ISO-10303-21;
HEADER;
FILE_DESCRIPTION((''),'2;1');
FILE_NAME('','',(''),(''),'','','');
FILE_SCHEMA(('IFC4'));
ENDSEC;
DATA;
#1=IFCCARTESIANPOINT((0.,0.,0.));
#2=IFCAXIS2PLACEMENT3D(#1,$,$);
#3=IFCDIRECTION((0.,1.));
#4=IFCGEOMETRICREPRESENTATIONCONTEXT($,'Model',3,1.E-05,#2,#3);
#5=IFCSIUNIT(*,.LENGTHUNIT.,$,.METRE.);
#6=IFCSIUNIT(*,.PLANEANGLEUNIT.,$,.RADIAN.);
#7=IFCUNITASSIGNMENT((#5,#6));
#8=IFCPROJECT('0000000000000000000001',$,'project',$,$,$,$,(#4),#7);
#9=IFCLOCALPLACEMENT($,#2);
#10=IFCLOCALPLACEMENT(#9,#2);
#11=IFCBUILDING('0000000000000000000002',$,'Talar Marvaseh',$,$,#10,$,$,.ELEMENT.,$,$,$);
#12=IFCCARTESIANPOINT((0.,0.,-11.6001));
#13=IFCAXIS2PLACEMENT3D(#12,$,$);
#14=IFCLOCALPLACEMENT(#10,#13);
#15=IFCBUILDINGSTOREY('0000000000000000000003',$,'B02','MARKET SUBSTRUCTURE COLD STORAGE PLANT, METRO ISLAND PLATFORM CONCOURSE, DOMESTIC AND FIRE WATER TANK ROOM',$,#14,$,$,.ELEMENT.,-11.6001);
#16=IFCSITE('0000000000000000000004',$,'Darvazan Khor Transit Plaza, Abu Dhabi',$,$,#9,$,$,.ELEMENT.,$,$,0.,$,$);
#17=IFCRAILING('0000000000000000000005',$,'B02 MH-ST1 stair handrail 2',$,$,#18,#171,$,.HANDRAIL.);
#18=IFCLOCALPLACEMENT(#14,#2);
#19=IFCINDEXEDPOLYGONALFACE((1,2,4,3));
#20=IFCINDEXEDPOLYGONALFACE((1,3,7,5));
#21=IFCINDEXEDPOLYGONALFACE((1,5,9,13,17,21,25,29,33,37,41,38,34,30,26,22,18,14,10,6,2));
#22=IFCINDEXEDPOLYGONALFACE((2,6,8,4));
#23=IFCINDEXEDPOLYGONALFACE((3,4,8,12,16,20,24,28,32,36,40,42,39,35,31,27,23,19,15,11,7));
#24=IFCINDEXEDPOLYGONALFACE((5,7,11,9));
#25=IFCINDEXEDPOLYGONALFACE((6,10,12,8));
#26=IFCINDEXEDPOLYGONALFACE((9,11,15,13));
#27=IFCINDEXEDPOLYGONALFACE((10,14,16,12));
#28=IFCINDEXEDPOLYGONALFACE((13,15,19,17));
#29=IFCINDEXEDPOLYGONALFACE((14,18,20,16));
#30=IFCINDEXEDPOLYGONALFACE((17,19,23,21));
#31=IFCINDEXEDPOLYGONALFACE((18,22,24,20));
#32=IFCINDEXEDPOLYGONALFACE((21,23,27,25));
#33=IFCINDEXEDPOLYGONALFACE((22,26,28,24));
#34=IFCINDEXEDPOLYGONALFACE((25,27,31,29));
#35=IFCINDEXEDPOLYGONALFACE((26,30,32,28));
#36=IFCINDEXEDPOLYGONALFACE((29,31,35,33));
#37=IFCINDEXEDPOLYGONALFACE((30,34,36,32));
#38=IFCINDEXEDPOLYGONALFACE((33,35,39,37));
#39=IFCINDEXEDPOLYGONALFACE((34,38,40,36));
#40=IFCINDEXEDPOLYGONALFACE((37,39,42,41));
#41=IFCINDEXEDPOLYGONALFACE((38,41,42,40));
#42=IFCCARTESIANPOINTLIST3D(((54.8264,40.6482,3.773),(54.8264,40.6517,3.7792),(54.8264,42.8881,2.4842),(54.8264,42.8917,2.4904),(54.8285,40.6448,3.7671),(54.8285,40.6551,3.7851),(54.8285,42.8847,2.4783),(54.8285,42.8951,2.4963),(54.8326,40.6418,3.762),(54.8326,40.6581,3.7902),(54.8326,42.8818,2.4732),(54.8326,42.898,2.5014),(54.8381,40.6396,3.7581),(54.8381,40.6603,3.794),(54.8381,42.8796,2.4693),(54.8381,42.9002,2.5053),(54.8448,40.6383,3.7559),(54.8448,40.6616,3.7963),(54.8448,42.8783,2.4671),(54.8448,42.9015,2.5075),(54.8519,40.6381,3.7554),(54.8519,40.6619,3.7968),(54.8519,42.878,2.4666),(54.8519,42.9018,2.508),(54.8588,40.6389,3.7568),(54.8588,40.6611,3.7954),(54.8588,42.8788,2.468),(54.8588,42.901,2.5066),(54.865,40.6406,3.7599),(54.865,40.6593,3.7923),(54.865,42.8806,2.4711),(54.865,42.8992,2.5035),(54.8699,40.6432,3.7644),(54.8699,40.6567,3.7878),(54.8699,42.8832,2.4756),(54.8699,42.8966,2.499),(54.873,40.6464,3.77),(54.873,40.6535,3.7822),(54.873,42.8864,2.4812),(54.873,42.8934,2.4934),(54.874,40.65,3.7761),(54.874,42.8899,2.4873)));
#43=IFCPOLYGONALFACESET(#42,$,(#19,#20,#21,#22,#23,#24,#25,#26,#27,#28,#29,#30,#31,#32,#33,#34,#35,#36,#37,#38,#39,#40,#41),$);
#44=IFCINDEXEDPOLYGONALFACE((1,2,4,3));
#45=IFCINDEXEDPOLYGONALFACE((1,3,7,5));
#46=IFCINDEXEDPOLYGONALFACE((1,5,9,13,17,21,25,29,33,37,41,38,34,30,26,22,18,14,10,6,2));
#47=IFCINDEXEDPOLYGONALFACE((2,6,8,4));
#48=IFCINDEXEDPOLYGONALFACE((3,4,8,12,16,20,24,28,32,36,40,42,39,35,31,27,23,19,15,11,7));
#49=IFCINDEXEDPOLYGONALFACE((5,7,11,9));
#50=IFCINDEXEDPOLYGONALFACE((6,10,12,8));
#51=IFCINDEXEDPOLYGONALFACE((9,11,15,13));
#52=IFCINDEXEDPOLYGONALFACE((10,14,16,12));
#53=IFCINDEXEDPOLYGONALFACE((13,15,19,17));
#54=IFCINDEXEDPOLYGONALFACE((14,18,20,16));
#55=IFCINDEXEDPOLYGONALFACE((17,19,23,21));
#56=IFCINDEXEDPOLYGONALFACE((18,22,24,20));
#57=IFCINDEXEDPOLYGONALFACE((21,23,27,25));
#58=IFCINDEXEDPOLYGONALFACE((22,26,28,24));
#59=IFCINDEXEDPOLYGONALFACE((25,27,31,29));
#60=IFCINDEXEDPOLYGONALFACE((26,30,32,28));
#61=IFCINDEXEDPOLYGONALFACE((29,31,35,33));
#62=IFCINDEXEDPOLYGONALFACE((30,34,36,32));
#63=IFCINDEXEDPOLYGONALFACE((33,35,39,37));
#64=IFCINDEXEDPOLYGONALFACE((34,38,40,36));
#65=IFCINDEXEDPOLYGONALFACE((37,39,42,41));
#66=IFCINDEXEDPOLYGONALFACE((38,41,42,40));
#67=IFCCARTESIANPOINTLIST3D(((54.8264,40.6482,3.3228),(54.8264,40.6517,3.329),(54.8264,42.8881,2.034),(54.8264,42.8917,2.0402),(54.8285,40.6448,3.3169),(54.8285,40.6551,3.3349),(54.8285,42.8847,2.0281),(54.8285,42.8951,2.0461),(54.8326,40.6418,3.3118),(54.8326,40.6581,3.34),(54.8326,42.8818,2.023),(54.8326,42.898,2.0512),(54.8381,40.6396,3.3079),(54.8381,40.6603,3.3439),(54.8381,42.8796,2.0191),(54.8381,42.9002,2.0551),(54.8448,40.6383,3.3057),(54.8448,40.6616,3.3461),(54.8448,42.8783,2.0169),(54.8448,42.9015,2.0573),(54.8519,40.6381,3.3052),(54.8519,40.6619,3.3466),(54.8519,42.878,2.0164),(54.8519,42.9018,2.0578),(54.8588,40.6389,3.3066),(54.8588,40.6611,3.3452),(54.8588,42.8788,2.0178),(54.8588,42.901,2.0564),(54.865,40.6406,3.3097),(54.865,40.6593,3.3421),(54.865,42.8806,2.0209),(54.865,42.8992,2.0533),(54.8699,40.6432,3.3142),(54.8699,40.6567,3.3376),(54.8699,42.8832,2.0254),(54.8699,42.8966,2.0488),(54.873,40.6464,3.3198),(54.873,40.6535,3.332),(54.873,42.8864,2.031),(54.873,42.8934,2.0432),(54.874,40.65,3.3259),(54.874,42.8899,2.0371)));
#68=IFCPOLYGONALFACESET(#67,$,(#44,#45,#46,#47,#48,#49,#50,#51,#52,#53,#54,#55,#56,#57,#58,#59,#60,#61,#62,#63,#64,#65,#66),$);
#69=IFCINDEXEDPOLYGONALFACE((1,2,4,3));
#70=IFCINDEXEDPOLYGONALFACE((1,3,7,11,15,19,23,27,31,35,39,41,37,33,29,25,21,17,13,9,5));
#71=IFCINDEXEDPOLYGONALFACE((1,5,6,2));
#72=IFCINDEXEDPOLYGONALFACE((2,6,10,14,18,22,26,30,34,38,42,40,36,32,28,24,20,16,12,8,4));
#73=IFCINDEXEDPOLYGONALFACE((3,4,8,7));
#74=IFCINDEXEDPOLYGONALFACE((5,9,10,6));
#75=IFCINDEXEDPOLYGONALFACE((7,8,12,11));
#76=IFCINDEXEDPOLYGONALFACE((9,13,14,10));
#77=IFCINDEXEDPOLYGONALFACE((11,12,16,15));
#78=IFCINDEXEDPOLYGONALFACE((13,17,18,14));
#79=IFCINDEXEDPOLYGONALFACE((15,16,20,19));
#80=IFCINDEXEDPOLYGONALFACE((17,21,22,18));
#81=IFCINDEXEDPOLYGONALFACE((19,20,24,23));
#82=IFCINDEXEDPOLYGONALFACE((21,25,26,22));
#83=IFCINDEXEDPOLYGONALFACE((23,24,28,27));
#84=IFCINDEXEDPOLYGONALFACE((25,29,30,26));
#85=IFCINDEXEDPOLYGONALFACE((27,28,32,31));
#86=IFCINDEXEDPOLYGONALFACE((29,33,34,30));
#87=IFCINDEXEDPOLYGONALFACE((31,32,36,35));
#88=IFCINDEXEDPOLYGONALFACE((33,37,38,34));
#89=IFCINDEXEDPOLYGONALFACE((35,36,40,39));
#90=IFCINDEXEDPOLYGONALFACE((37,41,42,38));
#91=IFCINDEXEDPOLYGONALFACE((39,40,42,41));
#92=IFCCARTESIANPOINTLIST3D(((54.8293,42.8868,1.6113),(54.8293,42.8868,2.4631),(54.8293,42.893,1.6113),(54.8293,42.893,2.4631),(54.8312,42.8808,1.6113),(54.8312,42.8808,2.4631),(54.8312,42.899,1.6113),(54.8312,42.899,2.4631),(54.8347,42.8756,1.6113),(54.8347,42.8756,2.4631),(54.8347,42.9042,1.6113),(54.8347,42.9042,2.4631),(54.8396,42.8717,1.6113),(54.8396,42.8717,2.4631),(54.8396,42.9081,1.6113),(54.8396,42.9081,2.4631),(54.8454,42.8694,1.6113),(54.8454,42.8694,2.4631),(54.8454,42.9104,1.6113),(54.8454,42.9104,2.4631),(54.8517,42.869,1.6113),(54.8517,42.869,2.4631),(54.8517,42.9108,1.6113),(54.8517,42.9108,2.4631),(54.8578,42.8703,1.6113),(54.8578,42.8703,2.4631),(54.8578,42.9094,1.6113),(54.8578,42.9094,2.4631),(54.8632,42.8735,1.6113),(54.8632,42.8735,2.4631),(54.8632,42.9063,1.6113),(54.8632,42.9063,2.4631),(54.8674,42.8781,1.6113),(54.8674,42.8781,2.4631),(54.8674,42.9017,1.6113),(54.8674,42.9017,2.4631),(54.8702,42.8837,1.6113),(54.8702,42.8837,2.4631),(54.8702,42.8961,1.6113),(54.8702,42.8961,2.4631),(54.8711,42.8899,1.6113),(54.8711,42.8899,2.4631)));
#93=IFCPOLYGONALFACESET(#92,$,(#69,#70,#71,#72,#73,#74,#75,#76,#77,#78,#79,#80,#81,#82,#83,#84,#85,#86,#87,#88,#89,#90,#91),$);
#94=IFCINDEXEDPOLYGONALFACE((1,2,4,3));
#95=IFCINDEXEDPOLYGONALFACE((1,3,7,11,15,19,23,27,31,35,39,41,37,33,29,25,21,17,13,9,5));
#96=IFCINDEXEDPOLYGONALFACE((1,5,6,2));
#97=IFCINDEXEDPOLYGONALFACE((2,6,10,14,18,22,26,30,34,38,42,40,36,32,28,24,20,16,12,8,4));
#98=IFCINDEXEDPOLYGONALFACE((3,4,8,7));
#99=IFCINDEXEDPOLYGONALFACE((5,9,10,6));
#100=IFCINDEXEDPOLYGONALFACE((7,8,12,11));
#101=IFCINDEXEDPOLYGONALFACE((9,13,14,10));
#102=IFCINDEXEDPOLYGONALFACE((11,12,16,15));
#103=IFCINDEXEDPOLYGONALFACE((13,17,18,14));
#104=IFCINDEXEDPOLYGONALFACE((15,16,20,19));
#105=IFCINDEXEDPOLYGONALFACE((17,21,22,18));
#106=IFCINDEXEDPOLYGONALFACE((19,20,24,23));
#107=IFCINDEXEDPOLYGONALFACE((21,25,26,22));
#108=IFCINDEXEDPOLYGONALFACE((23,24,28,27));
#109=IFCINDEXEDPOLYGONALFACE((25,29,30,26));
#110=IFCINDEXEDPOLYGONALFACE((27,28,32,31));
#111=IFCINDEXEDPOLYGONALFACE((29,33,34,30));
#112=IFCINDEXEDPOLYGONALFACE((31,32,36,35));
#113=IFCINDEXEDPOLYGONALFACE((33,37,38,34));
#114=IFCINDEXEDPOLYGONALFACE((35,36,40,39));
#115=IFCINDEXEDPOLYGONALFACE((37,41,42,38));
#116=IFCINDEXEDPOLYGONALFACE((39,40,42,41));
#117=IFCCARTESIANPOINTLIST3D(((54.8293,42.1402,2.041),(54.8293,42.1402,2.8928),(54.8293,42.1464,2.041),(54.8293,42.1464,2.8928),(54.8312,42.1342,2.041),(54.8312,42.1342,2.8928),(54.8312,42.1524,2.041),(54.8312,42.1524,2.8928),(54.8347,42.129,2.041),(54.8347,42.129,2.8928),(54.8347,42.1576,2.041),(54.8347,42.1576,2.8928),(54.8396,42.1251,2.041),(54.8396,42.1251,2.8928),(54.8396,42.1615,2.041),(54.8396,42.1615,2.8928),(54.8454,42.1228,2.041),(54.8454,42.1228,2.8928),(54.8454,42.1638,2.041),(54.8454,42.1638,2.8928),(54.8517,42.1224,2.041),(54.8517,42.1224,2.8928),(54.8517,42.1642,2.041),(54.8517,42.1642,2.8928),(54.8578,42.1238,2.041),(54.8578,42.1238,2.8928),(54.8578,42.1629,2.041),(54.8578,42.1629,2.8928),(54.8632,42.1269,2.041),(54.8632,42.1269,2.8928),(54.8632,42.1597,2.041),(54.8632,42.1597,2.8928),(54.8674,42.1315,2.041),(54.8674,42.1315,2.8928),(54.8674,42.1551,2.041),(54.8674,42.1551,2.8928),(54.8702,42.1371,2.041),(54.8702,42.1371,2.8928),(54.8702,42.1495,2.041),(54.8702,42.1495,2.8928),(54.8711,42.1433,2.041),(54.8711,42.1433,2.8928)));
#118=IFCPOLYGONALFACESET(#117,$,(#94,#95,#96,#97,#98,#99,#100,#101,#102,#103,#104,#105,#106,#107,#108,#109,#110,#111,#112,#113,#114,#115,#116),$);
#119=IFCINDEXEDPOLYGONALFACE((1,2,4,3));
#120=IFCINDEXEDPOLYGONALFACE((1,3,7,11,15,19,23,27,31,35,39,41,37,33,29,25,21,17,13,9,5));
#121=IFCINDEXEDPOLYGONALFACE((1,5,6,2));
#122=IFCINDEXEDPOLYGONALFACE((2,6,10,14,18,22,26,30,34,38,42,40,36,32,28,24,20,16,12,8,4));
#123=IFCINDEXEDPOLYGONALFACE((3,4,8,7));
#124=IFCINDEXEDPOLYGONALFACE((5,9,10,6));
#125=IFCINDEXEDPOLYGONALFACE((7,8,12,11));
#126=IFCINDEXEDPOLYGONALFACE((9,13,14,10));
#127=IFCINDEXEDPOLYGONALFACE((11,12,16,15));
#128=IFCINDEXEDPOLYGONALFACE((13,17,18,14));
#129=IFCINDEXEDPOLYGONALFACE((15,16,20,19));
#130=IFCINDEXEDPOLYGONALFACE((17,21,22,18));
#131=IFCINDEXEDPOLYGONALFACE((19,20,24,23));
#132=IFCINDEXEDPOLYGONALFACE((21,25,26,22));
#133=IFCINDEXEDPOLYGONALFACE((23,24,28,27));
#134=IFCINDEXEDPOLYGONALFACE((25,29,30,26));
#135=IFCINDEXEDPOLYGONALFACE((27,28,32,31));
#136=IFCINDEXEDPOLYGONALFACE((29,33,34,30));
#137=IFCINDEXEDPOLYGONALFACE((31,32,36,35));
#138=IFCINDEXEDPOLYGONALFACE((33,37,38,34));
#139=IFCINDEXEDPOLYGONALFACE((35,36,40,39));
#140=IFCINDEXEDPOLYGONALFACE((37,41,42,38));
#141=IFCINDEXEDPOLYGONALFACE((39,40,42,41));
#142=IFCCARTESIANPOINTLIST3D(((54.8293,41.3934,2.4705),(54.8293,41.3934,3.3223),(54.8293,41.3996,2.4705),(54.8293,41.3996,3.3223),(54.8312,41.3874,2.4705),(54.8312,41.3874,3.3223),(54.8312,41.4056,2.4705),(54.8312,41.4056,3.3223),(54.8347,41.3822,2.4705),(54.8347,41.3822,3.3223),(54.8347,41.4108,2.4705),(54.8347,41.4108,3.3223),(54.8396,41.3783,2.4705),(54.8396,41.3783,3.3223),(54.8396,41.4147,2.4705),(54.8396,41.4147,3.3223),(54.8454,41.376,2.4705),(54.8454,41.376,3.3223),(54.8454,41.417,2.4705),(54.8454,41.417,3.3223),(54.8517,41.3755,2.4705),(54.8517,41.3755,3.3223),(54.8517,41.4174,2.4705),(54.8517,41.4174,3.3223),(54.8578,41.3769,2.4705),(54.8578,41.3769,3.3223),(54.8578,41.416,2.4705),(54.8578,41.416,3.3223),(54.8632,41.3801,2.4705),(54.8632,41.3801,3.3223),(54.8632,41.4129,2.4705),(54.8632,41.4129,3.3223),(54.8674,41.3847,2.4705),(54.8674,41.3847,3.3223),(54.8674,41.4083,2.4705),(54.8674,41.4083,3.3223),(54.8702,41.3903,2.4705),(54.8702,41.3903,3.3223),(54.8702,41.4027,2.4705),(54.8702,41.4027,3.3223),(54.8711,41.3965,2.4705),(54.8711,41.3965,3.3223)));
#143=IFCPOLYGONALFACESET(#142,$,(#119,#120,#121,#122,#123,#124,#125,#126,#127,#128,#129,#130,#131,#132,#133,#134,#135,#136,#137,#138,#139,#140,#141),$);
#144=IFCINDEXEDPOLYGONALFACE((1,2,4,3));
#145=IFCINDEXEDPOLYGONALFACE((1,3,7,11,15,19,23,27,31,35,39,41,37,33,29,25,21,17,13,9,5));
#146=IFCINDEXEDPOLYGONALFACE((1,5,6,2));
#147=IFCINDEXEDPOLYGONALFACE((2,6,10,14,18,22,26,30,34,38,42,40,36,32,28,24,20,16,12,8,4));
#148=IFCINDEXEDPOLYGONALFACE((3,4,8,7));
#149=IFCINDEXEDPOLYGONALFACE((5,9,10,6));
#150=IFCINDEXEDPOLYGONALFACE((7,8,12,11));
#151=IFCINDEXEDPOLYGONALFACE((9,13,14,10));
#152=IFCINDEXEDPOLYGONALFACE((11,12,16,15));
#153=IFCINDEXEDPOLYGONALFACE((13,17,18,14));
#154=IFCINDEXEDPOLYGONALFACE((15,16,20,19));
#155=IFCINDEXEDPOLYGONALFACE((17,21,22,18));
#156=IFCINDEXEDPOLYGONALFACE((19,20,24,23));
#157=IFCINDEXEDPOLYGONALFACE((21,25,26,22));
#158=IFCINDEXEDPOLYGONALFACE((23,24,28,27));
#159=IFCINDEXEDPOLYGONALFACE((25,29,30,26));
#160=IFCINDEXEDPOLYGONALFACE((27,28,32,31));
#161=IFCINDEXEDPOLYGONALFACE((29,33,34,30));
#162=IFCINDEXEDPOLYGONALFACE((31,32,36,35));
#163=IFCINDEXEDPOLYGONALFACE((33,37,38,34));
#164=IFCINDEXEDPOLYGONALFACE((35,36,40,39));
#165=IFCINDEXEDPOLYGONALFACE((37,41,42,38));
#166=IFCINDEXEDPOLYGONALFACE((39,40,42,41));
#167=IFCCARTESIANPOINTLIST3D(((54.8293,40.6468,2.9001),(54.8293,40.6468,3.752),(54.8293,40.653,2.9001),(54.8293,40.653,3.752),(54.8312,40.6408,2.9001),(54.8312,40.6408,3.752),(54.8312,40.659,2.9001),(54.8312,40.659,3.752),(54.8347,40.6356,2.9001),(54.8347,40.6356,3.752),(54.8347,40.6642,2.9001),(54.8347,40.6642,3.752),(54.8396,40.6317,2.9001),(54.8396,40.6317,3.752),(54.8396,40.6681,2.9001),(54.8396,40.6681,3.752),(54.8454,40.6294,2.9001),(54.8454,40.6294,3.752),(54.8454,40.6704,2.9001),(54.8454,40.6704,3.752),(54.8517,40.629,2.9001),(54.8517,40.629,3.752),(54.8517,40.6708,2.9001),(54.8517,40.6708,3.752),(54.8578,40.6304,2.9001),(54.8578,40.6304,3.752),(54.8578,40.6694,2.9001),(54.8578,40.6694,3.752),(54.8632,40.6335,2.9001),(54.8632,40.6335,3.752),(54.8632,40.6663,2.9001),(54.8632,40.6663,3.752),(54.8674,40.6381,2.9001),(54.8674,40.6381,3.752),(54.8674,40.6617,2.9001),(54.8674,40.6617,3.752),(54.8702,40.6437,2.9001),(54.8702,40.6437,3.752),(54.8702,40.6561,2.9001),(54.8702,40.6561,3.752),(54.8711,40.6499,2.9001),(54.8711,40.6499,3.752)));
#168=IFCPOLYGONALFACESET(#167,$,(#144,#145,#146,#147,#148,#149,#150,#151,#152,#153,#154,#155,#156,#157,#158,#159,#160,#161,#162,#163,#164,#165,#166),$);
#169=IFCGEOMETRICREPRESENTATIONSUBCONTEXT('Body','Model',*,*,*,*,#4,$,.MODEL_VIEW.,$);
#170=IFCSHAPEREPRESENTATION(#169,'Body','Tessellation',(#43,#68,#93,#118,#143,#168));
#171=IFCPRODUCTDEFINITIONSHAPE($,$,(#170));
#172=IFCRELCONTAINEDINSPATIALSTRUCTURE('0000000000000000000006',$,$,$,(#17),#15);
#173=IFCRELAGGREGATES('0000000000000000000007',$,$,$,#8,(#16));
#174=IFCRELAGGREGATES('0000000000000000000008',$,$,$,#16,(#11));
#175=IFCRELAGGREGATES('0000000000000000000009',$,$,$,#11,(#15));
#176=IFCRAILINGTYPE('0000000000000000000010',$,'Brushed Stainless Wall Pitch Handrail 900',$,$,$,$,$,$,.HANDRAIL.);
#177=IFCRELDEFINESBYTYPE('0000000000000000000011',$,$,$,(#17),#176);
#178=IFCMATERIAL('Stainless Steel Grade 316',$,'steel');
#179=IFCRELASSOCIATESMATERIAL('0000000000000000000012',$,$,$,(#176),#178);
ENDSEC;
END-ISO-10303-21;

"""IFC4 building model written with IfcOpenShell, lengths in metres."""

from ifc_helpers import new_model, si_unit, direction, frame, origin, origin_2d, place, context, subcontext, project, spatial, circle, extrude, material, type_object, element, save


model = new_model("IFC4")

# Units and contexts
model_context = context("Model", 3, precision=1e-05, world=origin(), true_north=direction((0.0, 1.0)))
body_context = subcontext(model_context, "Body", "Model", "MODEL_VIEW")
ifc_project = project(units=[si_unit("LENGTHUNIT", "METRE"), si_unit("PLANEANGLEUNIT", "RADIAN")], contexts=[model_context])

# Site, building, storey
site_placement = place(None, origin())
site = spatial("IfcSite", under=ifc_project, at=site_placement, Name="Darvazan Khor Transit Plaza, Abu Dhabi", CompositionType="ELEMENT", RefElevation=0.0)
building_placement = place(site_placement, origin())
building = spatial("IfcBuilding", under=site, at=building_placement, Name="Talar Marvaseh", CompositionType="ELEMENT")
storey_placement = place(building_placement, frame((0.0, 0.0, -11.6001)))
storey = spatial("IfcBuildingStorey", under=building, at=storey_placement, Name="B02", Description="MARKET SUBSTRUCTURE COLD STORAGE PLANT, METRO ISLAND PLATFORM CONCOURSE, DOMESTIC AND FIRE WATER TANK ROOM", CompositionType="ELEMENT", Elevation=-11.6001)

# Railing
ifc_material_1 = material(Name="Stainless Steel Grade 316", Category="steel")
railing_type = type_object("IfcRailingType", Name="Brushed Stainless Wall Pitch Handrail 900", PredefinedType="HANDRAIL", material=ifc_material_1)
for number, where, name in (
    (1, (54.8501, 42.8899, 1.6113), "B02 MH-ST1 stair handrail 2"),
):
    element("IfcRailing", number, at=place(storey_placement, frame(where)), inside=storey, type_object=railing_type, Name=name, PredefinedType="HANDRAIL", context=body_context, shape_type="SweptSolid", body=[
        extrude(circle(Radius=0.0239, at=origin_2d()), frame((0.0, 0.0, 0.876), z_axis=(0.0, -0.866768, 0.498711), x_axis=(1.0, 0.0, 0.0)), (0.0, 0.0, 1.0), 2.5842),
        extrude(circle(Radius=0.0239, at=origin_2d()), frame((0.0, 0.0, 0.4258), z_axis=(0.0, -0.866768, 0.498711), x_axis=(1.0, 0.0, 0.0)), (0.0, 0.0, 1.0), 2.5842),
        extrude(circle(Radius=0.021, at=origin_2d()), origin(), (0.0, 0.0, 1.0), 0.8518),
        extrude(circle(Radius=0.021, at=origin_2d()), frame((0.0, -0.7466, 0.4297)), (0.0, 0.0, 1.0), 0.8518),
        extrude(circle(Radius=0.021, at=origin_2d()), frame((0.0, -1.4934, 0.8591)), (0.0, 0.0, 1.0), 0.8518),
        extrude(circle(Radius=0.021, at=origin_2d()), frame((0.0, -2.24, 1.2888)), (0.0, 0.0, 1.0), 0.8518),
    ])

save(model, "model.ifc")
